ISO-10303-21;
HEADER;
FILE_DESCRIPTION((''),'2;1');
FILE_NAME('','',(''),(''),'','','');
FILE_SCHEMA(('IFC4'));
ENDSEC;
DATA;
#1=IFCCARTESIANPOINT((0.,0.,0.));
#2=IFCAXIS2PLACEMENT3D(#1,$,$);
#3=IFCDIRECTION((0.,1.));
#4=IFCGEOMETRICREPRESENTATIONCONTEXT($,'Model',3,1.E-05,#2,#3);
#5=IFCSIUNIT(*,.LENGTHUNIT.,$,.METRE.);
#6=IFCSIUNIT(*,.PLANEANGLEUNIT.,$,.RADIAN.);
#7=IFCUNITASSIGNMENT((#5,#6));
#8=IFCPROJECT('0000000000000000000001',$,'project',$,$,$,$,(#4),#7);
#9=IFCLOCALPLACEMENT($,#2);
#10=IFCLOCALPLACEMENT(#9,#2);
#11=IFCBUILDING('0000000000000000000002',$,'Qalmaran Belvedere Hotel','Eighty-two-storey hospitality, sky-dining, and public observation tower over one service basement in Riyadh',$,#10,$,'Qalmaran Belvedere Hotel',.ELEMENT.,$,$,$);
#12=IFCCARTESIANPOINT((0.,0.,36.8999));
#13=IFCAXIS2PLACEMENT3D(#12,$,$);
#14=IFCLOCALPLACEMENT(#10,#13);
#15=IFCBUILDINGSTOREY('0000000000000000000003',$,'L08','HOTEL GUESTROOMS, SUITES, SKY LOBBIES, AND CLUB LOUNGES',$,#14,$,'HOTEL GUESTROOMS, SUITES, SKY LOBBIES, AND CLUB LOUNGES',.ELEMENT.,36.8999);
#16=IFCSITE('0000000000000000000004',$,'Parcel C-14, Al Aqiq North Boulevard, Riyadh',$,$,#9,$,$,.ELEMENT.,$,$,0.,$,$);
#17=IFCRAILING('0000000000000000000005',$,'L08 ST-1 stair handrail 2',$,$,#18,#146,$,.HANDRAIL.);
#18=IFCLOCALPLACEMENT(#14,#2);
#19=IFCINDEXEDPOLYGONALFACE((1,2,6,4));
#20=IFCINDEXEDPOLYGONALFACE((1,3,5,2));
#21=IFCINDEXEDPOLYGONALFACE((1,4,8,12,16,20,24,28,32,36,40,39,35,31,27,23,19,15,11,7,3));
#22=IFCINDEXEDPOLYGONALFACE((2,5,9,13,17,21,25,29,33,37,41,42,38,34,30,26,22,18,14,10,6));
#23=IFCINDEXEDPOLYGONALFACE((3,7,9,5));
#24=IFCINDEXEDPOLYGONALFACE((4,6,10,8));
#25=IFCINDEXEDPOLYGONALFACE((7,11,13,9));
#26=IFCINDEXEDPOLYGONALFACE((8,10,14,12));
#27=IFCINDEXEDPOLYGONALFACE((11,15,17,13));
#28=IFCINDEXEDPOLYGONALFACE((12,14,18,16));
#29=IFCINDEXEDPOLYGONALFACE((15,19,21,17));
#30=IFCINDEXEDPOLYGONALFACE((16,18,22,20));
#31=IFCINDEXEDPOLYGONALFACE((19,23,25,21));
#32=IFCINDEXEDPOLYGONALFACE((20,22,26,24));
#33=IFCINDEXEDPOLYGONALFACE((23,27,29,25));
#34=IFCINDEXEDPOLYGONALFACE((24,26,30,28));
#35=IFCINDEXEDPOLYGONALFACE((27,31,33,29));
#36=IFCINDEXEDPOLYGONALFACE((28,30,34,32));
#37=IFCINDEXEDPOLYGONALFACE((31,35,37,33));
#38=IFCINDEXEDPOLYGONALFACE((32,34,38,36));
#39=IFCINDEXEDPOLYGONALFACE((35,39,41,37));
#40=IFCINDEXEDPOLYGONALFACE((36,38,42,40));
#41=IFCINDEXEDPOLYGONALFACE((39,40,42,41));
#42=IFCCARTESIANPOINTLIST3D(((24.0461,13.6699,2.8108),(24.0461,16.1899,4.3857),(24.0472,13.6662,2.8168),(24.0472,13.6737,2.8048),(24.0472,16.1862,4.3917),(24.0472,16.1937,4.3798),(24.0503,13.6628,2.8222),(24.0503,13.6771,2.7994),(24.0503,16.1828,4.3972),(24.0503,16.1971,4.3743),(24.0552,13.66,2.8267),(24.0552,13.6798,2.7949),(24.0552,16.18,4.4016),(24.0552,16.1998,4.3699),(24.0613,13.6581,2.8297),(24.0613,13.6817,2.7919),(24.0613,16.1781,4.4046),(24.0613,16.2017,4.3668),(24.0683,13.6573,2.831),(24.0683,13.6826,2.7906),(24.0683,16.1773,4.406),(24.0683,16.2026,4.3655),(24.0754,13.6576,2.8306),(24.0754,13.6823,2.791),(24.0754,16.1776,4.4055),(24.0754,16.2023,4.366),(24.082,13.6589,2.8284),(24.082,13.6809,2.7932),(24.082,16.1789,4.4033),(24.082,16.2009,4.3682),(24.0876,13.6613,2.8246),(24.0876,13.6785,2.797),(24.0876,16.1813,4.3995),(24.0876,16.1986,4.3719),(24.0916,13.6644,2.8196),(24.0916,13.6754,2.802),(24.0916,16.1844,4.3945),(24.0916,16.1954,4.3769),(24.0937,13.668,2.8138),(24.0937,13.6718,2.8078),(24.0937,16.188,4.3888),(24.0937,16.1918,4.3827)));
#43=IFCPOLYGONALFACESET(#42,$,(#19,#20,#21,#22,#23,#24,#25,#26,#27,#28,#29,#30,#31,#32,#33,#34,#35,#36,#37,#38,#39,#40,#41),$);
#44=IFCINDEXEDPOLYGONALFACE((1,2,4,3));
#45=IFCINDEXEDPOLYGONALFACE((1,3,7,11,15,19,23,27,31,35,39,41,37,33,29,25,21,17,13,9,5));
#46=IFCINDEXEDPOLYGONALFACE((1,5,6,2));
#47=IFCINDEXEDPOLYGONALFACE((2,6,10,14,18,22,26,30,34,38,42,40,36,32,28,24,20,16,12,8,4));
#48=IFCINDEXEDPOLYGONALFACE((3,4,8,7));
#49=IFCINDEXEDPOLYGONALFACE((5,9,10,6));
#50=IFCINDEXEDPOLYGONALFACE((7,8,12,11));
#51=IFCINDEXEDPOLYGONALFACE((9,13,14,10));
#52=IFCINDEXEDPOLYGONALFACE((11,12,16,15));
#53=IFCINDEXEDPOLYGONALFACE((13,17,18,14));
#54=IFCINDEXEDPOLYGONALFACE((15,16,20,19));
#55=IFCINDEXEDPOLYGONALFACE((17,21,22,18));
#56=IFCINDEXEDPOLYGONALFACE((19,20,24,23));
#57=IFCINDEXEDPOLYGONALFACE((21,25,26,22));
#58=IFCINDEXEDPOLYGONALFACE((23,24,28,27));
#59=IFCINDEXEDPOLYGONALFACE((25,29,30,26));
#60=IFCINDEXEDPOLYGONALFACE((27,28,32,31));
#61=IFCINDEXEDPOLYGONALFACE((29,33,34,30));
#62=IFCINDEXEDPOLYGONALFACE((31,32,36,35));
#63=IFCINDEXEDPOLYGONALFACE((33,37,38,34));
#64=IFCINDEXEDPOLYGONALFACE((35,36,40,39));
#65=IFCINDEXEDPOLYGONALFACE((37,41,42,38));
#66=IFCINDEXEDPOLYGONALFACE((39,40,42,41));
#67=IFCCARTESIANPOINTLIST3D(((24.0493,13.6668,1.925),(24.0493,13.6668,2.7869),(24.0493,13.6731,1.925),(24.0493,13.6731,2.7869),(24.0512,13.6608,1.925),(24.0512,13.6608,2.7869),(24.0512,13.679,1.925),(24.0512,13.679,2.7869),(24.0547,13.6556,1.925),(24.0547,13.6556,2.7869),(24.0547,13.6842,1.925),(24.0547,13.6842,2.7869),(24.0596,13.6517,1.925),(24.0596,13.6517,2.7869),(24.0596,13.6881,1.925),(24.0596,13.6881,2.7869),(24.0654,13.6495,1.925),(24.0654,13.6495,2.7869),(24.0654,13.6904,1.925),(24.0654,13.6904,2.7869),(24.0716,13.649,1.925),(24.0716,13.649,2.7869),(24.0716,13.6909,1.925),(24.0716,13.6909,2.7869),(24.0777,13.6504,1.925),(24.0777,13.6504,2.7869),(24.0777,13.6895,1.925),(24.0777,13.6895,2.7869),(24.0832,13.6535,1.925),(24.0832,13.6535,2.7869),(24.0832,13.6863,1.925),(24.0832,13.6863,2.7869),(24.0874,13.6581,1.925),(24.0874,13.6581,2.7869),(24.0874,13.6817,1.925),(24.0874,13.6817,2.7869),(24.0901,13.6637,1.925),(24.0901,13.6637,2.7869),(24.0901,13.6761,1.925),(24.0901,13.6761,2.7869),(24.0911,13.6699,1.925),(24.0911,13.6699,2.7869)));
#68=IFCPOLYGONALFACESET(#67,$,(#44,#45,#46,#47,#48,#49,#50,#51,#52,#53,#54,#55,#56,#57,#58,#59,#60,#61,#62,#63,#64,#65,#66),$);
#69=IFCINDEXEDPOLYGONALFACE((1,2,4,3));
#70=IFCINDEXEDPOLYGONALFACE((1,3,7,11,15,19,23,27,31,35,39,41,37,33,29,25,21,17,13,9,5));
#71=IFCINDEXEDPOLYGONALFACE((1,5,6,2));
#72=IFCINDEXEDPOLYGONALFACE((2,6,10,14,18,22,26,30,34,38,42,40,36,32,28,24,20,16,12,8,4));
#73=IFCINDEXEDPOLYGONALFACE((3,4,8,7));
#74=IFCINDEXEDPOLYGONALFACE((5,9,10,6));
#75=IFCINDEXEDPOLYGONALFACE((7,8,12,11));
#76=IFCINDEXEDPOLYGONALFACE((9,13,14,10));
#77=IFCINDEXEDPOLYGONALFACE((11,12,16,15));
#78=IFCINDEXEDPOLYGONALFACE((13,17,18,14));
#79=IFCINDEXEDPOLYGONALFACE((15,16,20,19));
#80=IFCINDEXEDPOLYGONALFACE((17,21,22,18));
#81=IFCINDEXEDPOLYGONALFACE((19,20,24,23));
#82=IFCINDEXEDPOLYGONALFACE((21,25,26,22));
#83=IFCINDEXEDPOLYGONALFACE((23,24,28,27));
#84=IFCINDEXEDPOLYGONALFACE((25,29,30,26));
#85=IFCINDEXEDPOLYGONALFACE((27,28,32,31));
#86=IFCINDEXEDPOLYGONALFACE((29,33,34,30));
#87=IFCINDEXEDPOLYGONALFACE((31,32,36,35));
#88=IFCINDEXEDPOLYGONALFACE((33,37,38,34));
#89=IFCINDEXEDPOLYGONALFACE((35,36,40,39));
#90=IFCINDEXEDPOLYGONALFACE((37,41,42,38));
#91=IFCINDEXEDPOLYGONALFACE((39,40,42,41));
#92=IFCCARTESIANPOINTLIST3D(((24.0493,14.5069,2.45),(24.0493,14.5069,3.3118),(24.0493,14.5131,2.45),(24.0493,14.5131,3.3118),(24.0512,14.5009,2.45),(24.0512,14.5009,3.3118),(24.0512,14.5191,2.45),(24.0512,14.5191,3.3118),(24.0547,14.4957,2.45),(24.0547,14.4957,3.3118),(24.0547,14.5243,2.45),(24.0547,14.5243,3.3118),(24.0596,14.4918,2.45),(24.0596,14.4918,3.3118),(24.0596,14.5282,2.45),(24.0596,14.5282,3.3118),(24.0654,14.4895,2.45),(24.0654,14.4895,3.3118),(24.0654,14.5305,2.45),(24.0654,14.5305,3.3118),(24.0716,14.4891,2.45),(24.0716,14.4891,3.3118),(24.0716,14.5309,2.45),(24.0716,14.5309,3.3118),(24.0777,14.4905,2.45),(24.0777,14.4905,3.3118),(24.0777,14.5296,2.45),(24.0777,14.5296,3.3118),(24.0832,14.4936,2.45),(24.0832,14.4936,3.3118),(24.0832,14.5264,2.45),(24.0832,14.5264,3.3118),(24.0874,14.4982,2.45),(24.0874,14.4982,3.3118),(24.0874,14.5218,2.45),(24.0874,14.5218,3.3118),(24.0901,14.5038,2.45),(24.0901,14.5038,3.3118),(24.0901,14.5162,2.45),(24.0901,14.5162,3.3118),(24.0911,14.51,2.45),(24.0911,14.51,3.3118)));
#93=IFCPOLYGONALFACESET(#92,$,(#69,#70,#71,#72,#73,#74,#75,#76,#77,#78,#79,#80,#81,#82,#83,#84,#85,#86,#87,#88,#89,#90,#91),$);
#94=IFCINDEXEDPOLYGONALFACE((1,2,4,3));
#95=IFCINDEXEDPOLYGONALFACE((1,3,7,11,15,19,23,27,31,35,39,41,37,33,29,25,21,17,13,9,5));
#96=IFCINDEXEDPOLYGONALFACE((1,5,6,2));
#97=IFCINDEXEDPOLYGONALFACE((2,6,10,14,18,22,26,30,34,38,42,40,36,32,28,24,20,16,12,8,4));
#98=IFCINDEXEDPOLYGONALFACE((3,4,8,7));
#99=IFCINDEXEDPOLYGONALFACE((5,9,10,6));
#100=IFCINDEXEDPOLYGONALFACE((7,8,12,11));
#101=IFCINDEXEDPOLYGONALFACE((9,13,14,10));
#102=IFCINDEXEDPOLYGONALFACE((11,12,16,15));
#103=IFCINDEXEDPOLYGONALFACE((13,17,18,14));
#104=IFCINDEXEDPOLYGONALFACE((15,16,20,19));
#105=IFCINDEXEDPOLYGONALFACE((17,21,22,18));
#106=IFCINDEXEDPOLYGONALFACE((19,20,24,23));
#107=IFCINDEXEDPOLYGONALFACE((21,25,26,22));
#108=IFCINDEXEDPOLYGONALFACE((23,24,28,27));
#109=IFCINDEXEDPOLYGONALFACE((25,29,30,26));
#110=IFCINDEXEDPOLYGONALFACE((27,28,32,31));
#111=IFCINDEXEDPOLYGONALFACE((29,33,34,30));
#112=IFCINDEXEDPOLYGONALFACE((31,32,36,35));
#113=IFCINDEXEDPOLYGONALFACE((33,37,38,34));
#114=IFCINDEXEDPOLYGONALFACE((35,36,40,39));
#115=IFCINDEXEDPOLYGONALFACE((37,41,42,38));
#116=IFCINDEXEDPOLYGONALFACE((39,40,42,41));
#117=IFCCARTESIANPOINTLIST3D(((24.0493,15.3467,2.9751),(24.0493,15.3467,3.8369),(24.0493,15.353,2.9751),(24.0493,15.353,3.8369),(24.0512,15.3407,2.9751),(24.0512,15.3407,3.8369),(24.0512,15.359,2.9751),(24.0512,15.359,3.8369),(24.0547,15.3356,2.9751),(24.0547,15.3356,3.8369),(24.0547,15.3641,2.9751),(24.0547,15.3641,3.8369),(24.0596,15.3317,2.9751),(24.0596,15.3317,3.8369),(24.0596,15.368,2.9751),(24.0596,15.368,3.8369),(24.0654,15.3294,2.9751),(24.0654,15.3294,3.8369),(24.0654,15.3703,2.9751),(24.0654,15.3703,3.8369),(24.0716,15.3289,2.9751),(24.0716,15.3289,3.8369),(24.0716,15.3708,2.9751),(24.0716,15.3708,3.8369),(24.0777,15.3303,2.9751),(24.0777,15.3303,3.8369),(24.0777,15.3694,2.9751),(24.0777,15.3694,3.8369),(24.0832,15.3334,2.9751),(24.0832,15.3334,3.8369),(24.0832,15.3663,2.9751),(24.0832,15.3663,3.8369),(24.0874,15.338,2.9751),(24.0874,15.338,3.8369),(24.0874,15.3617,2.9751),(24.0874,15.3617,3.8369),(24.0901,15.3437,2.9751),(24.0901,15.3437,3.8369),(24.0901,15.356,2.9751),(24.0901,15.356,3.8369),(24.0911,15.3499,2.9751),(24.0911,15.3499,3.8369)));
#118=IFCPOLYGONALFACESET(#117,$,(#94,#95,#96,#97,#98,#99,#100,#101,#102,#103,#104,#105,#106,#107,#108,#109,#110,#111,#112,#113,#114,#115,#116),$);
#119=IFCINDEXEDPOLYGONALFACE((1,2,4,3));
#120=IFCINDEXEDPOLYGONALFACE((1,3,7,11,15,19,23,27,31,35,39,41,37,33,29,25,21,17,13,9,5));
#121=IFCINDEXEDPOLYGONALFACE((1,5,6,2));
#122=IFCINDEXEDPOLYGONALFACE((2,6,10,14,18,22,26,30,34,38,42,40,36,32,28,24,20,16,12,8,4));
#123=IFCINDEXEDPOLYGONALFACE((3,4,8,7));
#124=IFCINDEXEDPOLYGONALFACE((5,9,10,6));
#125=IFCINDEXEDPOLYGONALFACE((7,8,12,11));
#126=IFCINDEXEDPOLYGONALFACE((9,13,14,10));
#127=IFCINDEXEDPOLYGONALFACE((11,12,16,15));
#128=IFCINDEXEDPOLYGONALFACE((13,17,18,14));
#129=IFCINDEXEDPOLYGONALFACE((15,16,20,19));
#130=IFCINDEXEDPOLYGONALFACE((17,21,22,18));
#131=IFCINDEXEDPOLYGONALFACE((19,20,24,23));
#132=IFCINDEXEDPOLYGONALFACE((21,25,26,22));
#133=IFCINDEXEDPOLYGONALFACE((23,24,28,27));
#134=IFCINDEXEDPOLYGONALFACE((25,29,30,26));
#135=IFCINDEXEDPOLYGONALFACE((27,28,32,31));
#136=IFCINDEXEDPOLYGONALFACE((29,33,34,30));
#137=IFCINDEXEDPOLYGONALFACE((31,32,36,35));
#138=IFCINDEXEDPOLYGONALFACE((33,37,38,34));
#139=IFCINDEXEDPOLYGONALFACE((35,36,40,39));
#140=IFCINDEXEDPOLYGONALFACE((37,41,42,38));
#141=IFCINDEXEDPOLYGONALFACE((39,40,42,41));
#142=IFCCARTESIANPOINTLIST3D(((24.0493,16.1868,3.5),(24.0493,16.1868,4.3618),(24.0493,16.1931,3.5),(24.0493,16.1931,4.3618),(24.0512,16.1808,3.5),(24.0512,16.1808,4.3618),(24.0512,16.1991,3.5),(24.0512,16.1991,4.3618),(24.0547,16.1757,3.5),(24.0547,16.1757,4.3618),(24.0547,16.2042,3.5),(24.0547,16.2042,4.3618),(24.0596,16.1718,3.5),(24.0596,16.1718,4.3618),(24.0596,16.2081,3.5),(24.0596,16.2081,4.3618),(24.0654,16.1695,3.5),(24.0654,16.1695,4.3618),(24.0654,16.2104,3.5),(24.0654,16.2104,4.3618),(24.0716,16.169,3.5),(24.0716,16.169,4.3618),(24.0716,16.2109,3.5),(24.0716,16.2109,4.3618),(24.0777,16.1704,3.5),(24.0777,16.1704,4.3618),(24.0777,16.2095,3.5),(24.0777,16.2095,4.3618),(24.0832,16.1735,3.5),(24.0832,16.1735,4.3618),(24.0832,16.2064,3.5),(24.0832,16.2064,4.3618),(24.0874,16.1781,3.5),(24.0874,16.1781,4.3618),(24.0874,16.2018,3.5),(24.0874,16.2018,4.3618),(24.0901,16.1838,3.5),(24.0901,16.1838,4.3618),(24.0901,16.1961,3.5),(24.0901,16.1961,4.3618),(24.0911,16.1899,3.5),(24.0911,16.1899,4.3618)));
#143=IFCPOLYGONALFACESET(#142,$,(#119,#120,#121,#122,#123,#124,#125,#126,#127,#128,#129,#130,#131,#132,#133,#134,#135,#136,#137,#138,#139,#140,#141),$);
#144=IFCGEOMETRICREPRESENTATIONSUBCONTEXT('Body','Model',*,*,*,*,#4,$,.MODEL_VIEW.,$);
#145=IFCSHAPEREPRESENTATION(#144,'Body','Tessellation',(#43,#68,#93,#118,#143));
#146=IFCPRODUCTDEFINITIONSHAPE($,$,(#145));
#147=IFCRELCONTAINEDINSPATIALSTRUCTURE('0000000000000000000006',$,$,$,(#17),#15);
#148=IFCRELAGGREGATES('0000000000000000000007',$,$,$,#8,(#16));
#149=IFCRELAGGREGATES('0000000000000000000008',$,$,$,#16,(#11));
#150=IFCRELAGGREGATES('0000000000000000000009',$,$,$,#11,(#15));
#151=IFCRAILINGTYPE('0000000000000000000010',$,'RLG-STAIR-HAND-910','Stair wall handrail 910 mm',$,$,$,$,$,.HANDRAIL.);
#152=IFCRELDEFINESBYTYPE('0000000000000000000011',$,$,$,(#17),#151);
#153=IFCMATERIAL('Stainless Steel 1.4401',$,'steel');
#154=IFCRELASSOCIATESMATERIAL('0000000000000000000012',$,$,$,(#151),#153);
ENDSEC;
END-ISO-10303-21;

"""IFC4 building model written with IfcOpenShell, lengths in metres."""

from ifc_helpers import new_model, si_unit, direction, frame, origin, origin_2d, place, context, subcontext, project, spatial, circle, extrude, material, type_object, element, save


model = new_model("IFC4")

# Units and contexts
model_context = context("Model", 3, precision=1e-05, world=origin(), true_north=direction((0.0, 1.0)))
body_context = subcontext(model_context, "Body", "Model", "MODEL_VIEW")
ifc_project = project(units=[si_unit("LENGTHUNIT", "METRE"), si_unit("PLANEANGLEUNIT", "RADIAN")], contexts=[model_context])

# Site, building, storey
site_placement = place(None, origin())
site = spatial("IfcSite", under=ifc_project, at=site_placement, Name="Parcel C-14, Al Aqiq North Boulevard, Riyadh", CompositionType="ELEMENT", RefElevation=0.0)
building_placement = place(site_placement, origin())
building = spatial("IfcBuilding", under=site, at=building_placement, Name="Qalmaran Belvedere Hotel", Description="Eighty-two-storey hospitality, sky-dining, and public observation tower over one service basement in Riyadh", LongName="Qalmaran Belvedere Hotel", CompositionType="ELEMENT")
storey_placement = place(building_placement, frame((0.0, 0.0, 36.8999)))
storey = spatial("IfcBuildingStorey", under=building, at=storey_placement, Name="L08", Description="HOTEL GUESTROOMS, SUITES, SKY LOBBIES, AND CLUB LOUNGES", LongName="HOTEL GUESTROOMS, SUITES, SKY LOBBIES, AND CLUB LOUNGES", CompositionType="ELEMENT", Elevation=36.8999)

# Railing
ifc_material_1 = material(Name="Stainless Steel 1.4401", Category="steel")
railing_type_1 = type_object("IfcRailingType", Name="RLG-STAIR-HAND-910", Description="Stair wall handrail 910 mm", PredefinedType="HANDRAIL", material=ifc_material_1)
railing_1_placement = place(storey_placement, frame((24.0701, 13.6699, 1.925)))
element("IfcRailing", 1, at=railing_1_placement, inside=storey, type_object=railing_type_1, Name="L08 ST-1 stair handrail 2", PredefinedType="HANDRAIL", context=body_context, shape_type="SweptSolid", body=[
    extrude(circle(Radius=0.0239, at=origin_2d()), frame((0.0, 0.0, 0.8857), z_axis=(0.0, 0.848008, 0.529984), x_axis=(-1.0, 0.0, 0.0)), (0.0, 0.0, 1.0), 2.9717),
    extrude(circle(Radius=0.021, at=origin_2d()), origin(), (0.0, 0.0, 1.0), 0.8618),
    extrude(circle(Radius=0.021, at=origin_2d()), frame((0.0, 0.8401, 0.5249)), (0.0, 0.0, 1.0), 0.8618),
    extrude(circle(Radius=0.021, at=origin_2d()), frame((0.0, 1.6799, 1.05)), (0.0, 0.0, 1.0), 0.8618),
    extrude(circle(Radius=0.021, at=origin_2d()), frame((0.0, 2.52, 1.575)), (0.0, 0.0, 1.0), 0.8618),
])

save(model, "model.ifc")
